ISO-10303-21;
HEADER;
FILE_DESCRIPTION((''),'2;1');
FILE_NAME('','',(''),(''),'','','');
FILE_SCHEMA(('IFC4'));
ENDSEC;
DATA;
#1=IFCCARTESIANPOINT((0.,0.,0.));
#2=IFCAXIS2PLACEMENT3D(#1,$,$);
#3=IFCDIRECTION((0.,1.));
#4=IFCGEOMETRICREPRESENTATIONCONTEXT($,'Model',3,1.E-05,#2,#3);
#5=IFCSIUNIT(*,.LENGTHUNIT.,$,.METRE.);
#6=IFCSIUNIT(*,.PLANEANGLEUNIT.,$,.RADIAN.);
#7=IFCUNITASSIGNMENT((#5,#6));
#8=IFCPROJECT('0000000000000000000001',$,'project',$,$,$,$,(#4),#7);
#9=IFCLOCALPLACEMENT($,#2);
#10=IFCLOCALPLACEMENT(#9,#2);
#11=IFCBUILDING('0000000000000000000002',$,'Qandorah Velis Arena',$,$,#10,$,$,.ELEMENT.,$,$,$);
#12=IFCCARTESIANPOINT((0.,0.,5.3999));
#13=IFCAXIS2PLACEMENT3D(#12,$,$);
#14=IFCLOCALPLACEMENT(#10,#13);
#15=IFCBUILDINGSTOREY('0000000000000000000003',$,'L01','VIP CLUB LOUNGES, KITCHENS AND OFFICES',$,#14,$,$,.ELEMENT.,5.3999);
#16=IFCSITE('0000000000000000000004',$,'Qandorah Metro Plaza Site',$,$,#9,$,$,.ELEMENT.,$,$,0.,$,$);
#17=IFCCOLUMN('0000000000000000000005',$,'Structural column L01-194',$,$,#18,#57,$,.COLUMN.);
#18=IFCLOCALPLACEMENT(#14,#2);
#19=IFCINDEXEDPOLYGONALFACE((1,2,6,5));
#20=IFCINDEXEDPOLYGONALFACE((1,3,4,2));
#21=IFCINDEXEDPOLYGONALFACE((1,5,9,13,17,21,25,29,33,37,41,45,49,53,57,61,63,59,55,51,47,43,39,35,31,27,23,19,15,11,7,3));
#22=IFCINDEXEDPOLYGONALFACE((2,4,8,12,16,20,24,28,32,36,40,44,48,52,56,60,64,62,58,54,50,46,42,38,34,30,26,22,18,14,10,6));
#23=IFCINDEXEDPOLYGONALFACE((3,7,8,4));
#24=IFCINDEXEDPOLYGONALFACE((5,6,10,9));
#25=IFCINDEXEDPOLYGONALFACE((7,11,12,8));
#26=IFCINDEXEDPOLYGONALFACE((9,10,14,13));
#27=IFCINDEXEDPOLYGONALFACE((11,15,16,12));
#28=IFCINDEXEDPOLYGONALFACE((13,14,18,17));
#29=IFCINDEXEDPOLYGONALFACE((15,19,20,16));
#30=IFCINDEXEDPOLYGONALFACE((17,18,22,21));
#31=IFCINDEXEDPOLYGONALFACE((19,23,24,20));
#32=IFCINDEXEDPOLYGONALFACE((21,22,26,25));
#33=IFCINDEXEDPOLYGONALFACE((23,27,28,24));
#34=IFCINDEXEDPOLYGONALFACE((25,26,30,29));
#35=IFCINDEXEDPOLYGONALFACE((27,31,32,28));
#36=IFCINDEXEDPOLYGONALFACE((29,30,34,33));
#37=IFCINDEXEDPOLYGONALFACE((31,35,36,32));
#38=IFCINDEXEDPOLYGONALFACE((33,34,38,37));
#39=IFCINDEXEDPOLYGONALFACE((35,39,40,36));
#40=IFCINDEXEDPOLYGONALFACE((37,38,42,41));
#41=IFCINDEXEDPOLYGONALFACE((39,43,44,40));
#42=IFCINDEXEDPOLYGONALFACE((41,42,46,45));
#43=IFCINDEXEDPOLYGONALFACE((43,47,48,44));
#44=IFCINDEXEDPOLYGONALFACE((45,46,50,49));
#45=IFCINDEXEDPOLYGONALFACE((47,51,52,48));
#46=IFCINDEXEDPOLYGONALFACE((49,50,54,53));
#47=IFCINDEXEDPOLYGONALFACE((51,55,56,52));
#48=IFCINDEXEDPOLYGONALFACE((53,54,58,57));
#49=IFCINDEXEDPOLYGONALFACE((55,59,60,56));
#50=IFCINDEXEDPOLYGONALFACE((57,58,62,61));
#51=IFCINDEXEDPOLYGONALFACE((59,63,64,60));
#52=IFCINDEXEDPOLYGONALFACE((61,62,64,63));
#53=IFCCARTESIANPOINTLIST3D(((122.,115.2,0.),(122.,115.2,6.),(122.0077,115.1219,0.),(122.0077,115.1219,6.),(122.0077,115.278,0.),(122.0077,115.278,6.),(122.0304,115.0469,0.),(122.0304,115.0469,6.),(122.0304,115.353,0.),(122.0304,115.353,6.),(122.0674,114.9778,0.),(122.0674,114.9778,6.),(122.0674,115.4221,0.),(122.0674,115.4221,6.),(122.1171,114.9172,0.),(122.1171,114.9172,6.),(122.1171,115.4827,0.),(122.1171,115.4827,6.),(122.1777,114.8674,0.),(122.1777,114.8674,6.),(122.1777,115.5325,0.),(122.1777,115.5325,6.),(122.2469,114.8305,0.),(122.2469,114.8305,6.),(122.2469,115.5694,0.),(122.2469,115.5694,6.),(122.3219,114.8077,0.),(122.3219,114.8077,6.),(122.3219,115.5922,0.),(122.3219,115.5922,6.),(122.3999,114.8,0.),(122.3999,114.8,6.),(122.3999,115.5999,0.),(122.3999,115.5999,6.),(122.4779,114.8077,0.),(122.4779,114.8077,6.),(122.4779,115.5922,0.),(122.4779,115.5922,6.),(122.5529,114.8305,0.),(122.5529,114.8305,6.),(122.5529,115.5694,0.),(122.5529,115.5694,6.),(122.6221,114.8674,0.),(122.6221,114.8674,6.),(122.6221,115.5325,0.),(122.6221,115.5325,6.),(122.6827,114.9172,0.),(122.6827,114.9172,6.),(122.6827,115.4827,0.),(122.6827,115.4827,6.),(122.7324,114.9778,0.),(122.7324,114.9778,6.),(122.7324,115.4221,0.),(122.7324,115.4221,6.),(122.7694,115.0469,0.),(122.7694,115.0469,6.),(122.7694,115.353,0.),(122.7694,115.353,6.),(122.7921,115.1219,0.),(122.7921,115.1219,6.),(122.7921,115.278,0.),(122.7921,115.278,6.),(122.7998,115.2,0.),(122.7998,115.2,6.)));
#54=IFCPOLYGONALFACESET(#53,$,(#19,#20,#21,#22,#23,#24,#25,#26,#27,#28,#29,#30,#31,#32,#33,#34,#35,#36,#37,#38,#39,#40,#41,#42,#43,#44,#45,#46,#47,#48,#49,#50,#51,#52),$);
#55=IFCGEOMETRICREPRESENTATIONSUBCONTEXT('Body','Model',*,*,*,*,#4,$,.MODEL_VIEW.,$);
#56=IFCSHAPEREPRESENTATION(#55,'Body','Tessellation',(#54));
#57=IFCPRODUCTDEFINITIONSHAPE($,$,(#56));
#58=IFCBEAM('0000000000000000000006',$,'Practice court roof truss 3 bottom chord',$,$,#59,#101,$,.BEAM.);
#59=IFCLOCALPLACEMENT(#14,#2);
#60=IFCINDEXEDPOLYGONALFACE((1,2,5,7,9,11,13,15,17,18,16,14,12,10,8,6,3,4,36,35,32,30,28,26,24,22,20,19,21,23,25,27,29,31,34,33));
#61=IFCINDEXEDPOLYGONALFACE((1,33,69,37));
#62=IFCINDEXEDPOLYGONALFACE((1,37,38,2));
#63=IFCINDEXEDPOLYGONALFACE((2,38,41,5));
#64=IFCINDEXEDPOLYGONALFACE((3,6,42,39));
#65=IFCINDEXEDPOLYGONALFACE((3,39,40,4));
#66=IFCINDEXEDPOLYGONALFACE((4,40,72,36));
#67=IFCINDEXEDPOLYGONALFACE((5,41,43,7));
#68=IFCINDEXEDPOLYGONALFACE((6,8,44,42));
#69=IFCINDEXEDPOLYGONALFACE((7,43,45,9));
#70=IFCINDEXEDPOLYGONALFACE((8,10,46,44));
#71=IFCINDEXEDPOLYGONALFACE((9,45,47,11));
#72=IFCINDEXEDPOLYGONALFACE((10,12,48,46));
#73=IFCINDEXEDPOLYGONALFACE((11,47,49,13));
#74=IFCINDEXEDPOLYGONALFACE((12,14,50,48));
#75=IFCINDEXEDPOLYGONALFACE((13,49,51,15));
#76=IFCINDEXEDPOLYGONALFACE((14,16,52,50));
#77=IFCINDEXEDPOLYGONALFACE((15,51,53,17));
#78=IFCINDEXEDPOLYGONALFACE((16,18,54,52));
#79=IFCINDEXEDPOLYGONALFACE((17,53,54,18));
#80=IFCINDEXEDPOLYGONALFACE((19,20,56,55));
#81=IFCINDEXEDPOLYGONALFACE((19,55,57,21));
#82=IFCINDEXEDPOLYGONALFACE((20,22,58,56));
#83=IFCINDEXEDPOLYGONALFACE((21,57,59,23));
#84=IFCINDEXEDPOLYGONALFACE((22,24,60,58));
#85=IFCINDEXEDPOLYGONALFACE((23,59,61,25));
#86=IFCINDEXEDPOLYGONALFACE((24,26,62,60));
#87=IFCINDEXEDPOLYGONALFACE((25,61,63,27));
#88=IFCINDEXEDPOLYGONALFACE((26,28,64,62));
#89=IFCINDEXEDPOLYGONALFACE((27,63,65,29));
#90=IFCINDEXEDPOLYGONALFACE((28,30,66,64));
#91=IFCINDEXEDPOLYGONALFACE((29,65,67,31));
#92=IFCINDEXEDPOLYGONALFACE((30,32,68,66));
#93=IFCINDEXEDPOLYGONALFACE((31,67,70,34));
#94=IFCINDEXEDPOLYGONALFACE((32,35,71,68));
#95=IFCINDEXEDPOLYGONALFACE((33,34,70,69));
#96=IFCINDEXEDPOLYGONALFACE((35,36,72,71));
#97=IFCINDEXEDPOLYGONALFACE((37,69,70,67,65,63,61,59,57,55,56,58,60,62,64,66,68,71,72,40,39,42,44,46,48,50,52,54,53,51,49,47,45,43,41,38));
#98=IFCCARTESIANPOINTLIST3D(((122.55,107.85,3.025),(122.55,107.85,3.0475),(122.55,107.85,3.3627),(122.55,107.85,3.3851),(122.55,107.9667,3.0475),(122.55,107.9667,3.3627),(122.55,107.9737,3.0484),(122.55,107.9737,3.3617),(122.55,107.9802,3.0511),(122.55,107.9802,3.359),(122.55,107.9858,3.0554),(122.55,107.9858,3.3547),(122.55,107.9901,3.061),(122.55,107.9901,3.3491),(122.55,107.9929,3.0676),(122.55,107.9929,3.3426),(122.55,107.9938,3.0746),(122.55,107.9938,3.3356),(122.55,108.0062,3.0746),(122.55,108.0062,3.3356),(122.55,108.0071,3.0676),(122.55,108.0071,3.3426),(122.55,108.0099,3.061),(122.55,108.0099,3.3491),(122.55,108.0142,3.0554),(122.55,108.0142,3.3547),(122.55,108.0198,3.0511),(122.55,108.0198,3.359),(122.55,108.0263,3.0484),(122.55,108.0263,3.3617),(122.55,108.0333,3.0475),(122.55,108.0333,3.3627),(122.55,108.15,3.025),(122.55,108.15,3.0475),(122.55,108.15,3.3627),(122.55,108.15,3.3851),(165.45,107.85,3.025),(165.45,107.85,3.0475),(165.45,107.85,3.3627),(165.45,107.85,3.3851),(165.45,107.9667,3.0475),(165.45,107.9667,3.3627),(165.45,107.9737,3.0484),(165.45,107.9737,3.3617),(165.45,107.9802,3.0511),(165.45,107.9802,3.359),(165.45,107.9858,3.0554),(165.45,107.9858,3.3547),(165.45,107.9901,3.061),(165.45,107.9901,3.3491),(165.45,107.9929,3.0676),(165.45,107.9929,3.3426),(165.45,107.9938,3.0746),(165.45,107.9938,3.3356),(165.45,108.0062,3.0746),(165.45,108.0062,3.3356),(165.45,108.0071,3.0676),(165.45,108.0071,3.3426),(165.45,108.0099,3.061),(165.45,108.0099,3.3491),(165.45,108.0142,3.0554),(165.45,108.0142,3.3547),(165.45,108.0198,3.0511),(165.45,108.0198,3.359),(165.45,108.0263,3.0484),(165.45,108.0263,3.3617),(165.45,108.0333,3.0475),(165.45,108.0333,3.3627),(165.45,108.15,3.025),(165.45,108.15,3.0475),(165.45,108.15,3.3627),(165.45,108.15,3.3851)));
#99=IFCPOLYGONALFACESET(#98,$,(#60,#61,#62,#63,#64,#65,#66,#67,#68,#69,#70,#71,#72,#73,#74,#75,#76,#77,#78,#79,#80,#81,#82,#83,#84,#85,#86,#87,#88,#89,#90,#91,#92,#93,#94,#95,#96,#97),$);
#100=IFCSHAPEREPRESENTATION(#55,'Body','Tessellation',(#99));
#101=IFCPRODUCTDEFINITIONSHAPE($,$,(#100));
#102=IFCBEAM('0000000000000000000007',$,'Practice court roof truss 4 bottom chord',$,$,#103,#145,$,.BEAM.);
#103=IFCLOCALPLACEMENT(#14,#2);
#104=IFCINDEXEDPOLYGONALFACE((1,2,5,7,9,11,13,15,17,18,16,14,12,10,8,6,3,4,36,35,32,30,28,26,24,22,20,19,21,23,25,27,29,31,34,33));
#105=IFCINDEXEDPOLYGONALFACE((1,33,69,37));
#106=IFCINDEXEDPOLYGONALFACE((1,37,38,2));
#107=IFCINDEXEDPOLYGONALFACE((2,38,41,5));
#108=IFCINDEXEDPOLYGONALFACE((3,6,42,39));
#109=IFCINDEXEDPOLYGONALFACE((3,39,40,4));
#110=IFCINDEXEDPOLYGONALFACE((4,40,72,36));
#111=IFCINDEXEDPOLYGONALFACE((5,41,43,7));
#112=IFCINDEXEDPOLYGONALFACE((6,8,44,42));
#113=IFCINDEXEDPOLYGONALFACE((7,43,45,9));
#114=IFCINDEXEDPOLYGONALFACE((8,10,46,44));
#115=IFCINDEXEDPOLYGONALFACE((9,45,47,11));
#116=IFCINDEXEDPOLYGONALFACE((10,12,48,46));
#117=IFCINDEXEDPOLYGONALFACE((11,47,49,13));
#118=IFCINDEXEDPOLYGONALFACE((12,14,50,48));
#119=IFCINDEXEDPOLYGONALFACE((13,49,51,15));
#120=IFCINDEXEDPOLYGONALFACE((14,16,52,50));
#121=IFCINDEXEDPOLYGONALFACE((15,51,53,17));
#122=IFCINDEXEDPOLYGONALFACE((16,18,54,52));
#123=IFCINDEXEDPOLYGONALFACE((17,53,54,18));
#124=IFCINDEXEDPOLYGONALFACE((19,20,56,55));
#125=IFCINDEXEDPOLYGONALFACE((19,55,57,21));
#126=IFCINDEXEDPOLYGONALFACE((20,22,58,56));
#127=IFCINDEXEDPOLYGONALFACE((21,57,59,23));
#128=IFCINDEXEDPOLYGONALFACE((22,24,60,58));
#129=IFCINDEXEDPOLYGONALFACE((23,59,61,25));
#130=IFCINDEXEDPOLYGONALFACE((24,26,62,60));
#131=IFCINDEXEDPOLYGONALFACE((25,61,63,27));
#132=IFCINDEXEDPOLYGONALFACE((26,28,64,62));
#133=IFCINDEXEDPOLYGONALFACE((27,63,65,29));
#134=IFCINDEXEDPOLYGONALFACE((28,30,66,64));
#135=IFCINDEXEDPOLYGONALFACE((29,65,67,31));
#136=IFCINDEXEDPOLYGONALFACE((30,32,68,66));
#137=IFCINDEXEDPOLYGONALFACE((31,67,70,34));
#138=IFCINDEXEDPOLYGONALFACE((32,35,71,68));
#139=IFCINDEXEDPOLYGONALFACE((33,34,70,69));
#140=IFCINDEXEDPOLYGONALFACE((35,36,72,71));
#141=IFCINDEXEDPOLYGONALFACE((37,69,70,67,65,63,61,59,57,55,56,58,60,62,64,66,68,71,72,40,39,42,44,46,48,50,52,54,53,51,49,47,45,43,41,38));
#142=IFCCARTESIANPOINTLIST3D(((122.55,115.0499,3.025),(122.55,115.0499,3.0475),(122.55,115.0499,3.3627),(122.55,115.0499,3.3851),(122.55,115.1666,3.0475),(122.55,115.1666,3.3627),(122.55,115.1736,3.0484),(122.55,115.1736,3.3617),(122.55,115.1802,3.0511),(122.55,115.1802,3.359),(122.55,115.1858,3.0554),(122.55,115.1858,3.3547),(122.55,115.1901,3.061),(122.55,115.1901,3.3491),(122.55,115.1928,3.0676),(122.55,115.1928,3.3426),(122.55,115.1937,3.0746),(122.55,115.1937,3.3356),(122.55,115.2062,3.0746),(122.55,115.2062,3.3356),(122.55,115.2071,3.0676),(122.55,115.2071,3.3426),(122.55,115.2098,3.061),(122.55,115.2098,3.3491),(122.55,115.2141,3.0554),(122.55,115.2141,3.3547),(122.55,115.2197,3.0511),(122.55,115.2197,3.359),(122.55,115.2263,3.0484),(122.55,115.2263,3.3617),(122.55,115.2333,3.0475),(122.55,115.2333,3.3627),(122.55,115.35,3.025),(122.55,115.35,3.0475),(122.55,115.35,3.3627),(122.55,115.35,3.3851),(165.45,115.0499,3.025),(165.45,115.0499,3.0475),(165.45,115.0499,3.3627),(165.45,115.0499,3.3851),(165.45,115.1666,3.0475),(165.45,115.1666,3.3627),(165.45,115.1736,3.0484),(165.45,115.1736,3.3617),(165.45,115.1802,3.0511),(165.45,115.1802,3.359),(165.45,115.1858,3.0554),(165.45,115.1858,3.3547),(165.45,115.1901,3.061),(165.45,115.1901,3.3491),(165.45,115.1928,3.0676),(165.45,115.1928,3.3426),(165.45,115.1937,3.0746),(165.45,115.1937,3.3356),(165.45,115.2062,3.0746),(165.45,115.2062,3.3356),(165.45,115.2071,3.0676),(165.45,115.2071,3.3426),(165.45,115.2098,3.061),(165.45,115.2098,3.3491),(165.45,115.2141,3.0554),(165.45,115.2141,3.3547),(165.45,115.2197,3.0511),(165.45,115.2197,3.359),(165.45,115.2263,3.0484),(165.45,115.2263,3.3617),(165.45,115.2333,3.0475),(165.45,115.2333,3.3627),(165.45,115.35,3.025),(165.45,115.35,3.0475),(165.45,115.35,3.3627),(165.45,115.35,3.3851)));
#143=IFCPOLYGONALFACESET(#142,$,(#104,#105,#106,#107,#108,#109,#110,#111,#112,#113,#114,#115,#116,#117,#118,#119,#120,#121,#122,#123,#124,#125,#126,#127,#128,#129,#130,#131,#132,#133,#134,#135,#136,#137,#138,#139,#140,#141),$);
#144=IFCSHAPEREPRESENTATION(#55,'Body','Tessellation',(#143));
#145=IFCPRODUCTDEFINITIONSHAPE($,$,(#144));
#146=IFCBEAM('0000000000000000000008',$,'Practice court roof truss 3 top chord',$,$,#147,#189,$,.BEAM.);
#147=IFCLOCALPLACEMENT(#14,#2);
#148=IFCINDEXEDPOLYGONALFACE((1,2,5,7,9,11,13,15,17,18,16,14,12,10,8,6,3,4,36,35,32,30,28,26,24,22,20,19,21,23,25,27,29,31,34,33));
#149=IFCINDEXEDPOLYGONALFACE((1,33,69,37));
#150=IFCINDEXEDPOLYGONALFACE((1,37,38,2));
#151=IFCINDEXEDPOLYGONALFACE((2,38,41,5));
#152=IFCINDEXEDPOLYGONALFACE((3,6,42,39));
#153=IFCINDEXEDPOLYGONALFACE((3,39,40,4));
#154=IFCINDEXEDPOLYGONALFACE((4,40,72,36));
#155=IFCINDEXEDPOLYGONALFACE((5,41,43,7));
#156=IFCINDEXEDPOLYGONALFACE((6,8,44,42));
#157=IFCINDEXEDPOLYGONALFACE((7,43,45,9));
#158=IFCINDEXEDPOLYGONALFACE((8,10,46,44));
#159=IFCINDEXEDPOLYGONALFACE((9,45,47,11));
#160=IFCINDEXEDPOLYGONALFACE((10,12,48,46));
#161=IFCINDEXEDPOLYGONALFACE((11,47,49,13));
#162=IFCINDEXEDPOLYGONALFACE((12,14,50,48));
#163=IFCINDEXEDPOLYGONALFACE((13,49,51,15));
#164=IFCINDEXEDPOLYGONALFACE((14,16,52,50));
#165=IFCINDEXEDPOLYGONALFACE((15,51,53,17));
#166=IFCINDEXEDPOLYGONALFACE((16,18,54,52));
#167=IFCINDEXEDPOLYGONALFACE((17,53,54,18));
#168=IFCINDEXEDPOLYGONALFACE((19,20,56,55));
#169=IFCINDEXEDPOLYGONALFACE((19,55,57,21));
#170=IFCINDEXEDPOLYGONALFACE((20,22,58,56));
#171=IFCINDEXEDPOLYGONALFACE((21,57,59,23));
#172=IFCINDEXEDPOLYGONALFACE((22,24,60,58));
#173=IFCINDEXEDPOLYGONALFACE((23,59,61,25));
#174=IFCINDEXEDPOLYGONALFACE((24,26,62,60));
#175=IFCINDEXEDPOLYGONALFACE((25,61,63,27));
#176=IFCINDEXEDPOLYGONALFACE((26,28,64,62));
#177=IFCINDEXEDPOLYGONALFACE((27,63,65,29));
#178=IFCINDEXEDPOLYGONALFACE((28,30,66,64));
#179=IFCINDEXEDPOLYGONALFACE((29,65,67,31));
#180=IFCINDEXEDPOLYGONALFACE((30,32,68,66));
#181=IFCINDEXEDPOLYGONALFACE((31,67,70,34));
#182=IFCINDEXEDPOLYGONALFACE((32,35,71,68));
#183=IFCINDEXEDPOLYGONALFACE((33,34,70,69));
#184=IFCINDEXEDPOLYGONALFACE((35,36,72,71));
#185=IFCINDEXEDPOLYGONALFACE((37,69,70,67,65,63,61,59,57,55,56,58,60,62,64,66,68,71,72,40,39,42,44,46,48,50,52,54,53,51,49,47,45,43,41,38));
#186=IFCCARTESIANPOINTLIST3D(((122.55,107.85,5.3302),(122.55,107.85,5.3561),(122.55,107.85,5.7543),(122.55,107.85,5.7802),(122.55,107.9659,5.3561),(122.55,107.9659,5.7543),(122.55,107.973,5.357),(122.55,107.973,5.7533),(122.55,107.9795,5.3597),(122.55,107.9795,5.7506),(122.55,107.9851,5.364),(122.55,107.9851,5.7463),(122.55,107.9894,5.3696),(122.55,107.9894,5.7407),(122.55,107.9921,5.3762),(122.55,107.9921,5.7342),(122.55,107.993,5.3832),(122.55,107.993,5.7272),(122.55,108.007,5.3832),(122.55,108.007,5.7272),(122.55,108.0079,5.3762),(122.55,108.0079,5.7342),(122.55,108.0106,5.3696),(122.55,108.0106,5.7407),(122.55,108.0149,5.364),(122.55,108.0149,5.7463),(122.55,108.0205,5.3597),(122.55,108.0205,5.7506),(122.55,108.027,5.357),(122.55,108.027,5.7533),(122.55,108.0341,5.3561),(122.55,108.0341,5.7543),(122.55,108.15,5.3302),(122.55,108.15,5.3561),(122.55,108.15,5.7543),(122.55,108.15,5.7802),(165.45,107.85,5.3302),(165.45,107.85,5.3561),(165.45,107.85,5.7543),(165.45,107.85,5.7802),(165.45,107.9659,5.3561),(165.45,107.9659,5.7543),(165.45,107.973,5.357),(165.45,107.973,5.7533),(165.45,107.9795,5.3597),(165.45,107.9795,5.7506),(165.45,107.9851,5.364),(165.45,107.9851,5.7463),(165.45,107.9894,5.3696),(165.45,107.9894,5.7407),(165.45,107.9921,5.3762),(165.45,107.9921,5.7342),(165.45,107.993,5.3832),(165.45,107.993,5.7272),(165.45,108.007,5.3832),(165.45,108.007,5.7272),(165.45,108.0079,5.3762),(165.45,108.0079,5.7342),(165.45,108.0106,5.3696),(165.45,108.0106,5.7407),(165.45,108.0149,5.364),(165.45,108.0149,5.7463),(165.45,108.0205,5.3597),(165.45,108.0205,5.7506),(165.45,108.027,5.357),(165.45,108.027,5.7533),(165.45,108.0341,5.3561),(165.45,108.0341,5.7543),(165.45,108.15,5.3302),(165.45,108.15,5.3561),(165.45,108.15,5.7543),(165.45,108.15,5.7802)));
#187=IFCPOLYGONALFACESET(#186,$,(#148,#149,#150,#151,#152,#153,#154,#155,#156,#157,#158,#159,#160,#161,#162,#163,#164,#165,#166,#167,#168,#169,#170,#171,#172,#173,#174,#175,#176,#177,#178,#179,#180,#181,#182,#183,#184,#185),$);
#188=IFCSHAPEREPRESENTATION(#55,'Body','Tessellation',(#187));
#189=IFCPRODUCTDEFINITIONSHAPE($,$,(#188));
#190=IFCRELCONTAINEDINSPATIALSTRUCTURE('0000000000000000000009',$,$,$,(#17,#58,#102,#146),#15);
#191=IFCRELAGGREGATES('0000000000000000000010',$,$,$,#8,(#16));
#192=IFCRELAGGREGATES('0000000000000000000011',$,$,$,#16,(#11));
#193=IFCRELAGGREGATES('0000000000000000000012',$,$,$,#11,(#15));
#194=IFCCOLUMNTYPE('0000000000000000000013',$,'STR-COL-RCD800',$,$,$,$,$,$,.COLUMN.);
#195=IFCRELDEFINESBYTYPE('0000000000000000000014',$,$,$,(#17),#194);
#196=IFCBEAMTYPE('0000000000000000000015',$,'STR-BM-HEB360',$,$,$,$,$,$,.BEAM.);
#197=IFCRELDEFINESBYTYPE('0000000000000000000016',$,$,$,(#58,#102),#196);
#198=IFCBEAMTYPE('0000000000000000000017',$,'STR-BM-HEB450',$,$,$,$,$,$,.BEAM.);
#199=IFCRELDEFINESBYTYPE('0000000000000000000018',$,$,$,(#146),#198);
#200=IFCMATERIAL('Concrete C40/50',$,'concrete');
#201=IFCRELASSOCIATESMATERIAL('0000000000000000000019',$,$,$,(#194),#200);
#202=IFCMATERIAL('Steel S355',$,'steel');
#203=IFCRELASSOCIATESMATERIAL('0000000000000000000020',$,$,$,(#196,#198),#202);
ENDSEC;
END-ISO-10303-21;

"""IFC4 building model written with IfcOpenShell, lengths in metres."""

from ifc_helpers import new_model, si_unit, direction, frame, origin, origin_2d, place, context, subcontext, project, spatial, circle, i_section, extrude, material, material_profile, profile_set, type_object, element, save


model = new_model("IFC4")

# Units and contexts
model_context = context("Model", 3, precision=1e-05, world=origin(), true_north=direction((0.0, 1.0)))
body_context = subcontext(model_context, "Body", "Model", "MODEL_VIEW")
ifc_project = project(units=[si_unit("LENGTHUNIT", "METRE"), si_unit("PLANEANGLEUNIT", "RADIAN")], contexts=[model_context])

# Site, building, storey
site_placement = place(None, origin())
site = spatial("IfcSite", under=ifc_project, at=site_placement, Name="Qandorah Metro Plaza Site", CompositionType="ELEMENT", RefElevation=0.0)
building_placement = place(site_placement, origin())
building = spatial("IfcBuilding", under=site, at=building_placement, Name="Qandorah Velis Arena", CompositionType="ELEMENT")
storey_placement = place(building_placement, frame((0.0, 0.0, 5.3999)))
storey = spatial("IfcBuildingStorey", under=building, at=storey_placement, Name="L01", Description="VIP CLUB LOUNGES, KITCHENS AND OFFICES", CompositionType="ELEMENT", Elevation=5.3999)

# Column
ifc_material_1 = material(Name="Concrete C40/50", Category="concrete")
ifc_material_profile_1 = material_profile(ifc_material_1, circle(Radius=0.3999, at=origin_2d()), Name="RC D800")
ifc_profile_set_1 = profile_set([ifc_material_profile_1], Name="Concrete C40/50")
column_type = type_object("IfcColumnType", Name="STR-COL-RCD800", PredefinedType="COLUMN", material=ifc_profile_set_1)
column_placement = place(storey_placement, frame((122.3999, 115.2, 0.0), z_axis=(0.0, 0.0, 1.0), x_axis=(1.0, 0.0, 0.0)))
element("IfcColumn", 1, at=column_placement, inside=storey, type_object=column_type, Name="Structural column L01-194", PredefinedType="COLUMN", context=body_context, shape_type="SweptSolid", body=[
    extrude(circle(Radius=0.3999, at=origin_2d()), origin(), (0.0, 0.0, 1.0), 6.0),
])

# Beams
ifc_material_2 = material(Name="Steel S355", Category="steel")
ifc_material_profile_2 = material_profile(ifc_material_2, i_section(OverallWidth=0.3, OverallDepth=0.3601, WebThickness=0.0125, FlangeThickness=0.0225, FilletRadius=0.0271, at=origin_2d()), Name="HEB 360")
ifc_profile_set_2 = profile_set([ifc_material_profile_2], Name="Steel S355")
beam_type_1 = type_object("IfcBeamType", Name="STR-BM-HEB360", PredefinedType="BEAM", material=ifc_profile_set_2)
for number, where, z_axis, x_axis, name in (
    (2, (122.55, 108.0, 3.2051), (1.0, 0.0, 0.0), (0.0, 1.0, 0.0), "Practice court roof truss 3 bottom chord"),
    (3, (122.55, 115.2, 3.2051), (1.0, 0.0, 0.0), (0.0, 1.0, 0.0), "Practice court roof truss 4 bottom chord"),
):
    element("IfcBeam", number, at=place(storey_placement, frame(where, z_axis=z_axis, x_axis=x_axis)), inside=storey, type_object=beam_type_1, Name=name, PredefinedType="BEAM", context=body_context, shape_type="SweptSolid", body=[
        extrude(i_section(OverallWidth=0.3, OverallDepth=0.3601, WebThickness=0.0125, FlangeThickness=0.0225, FilletRadius=0.0271, at=origin_2d()), origin(), (0.0, 0.0, 1.0), 42.8999),
    ])
ifc_material_profile_3 = material_profile(ifc_material_2, i_section(OverallWidth=0.3, OverallDepth=0.45, WebThickness=0.0139, FlangeThickness=0.0259, FilletRadius=0.0271, at=origin_2d()), Name="HEB 450")
ifc_profile_set_3 = profile_set([ifc_material_profile_3], Name="Steel S355")
beam_type_2 = type_object("IfcBeamType", Name="STR-BM-HEB450", PredefinedType="BEAM", material=ifc_profile_set_3)
for number, where, z_axis, x_axis, name in (
    (4, (122.55, 108.0, 5.5552), (1.0, 0.0, 0.0), (0.0, 1.0, 0.0), "Practice court roof truss 3 top chord"),
):
    element("IfcBeam", number, at=place(storey_placement, frame(where, z_axis=z_axis, x_axis=x_axis)), inside=storey, type_object=beam_type_2, Name=name, PredefinedType="BEAM", context=body_context, shape_type="SweptSolid", body=[
        extrude(i_section(OverallWidth=0.3, OverallDepth=0.45, WebThickness=0.0139, FlangeThickness=0.0259, FilletRadius=0.0271, at=origin_2d()), origin(), (0.0, 0.0, 1.0), 42.8999),
    ])

save(model, "model.ifc")
